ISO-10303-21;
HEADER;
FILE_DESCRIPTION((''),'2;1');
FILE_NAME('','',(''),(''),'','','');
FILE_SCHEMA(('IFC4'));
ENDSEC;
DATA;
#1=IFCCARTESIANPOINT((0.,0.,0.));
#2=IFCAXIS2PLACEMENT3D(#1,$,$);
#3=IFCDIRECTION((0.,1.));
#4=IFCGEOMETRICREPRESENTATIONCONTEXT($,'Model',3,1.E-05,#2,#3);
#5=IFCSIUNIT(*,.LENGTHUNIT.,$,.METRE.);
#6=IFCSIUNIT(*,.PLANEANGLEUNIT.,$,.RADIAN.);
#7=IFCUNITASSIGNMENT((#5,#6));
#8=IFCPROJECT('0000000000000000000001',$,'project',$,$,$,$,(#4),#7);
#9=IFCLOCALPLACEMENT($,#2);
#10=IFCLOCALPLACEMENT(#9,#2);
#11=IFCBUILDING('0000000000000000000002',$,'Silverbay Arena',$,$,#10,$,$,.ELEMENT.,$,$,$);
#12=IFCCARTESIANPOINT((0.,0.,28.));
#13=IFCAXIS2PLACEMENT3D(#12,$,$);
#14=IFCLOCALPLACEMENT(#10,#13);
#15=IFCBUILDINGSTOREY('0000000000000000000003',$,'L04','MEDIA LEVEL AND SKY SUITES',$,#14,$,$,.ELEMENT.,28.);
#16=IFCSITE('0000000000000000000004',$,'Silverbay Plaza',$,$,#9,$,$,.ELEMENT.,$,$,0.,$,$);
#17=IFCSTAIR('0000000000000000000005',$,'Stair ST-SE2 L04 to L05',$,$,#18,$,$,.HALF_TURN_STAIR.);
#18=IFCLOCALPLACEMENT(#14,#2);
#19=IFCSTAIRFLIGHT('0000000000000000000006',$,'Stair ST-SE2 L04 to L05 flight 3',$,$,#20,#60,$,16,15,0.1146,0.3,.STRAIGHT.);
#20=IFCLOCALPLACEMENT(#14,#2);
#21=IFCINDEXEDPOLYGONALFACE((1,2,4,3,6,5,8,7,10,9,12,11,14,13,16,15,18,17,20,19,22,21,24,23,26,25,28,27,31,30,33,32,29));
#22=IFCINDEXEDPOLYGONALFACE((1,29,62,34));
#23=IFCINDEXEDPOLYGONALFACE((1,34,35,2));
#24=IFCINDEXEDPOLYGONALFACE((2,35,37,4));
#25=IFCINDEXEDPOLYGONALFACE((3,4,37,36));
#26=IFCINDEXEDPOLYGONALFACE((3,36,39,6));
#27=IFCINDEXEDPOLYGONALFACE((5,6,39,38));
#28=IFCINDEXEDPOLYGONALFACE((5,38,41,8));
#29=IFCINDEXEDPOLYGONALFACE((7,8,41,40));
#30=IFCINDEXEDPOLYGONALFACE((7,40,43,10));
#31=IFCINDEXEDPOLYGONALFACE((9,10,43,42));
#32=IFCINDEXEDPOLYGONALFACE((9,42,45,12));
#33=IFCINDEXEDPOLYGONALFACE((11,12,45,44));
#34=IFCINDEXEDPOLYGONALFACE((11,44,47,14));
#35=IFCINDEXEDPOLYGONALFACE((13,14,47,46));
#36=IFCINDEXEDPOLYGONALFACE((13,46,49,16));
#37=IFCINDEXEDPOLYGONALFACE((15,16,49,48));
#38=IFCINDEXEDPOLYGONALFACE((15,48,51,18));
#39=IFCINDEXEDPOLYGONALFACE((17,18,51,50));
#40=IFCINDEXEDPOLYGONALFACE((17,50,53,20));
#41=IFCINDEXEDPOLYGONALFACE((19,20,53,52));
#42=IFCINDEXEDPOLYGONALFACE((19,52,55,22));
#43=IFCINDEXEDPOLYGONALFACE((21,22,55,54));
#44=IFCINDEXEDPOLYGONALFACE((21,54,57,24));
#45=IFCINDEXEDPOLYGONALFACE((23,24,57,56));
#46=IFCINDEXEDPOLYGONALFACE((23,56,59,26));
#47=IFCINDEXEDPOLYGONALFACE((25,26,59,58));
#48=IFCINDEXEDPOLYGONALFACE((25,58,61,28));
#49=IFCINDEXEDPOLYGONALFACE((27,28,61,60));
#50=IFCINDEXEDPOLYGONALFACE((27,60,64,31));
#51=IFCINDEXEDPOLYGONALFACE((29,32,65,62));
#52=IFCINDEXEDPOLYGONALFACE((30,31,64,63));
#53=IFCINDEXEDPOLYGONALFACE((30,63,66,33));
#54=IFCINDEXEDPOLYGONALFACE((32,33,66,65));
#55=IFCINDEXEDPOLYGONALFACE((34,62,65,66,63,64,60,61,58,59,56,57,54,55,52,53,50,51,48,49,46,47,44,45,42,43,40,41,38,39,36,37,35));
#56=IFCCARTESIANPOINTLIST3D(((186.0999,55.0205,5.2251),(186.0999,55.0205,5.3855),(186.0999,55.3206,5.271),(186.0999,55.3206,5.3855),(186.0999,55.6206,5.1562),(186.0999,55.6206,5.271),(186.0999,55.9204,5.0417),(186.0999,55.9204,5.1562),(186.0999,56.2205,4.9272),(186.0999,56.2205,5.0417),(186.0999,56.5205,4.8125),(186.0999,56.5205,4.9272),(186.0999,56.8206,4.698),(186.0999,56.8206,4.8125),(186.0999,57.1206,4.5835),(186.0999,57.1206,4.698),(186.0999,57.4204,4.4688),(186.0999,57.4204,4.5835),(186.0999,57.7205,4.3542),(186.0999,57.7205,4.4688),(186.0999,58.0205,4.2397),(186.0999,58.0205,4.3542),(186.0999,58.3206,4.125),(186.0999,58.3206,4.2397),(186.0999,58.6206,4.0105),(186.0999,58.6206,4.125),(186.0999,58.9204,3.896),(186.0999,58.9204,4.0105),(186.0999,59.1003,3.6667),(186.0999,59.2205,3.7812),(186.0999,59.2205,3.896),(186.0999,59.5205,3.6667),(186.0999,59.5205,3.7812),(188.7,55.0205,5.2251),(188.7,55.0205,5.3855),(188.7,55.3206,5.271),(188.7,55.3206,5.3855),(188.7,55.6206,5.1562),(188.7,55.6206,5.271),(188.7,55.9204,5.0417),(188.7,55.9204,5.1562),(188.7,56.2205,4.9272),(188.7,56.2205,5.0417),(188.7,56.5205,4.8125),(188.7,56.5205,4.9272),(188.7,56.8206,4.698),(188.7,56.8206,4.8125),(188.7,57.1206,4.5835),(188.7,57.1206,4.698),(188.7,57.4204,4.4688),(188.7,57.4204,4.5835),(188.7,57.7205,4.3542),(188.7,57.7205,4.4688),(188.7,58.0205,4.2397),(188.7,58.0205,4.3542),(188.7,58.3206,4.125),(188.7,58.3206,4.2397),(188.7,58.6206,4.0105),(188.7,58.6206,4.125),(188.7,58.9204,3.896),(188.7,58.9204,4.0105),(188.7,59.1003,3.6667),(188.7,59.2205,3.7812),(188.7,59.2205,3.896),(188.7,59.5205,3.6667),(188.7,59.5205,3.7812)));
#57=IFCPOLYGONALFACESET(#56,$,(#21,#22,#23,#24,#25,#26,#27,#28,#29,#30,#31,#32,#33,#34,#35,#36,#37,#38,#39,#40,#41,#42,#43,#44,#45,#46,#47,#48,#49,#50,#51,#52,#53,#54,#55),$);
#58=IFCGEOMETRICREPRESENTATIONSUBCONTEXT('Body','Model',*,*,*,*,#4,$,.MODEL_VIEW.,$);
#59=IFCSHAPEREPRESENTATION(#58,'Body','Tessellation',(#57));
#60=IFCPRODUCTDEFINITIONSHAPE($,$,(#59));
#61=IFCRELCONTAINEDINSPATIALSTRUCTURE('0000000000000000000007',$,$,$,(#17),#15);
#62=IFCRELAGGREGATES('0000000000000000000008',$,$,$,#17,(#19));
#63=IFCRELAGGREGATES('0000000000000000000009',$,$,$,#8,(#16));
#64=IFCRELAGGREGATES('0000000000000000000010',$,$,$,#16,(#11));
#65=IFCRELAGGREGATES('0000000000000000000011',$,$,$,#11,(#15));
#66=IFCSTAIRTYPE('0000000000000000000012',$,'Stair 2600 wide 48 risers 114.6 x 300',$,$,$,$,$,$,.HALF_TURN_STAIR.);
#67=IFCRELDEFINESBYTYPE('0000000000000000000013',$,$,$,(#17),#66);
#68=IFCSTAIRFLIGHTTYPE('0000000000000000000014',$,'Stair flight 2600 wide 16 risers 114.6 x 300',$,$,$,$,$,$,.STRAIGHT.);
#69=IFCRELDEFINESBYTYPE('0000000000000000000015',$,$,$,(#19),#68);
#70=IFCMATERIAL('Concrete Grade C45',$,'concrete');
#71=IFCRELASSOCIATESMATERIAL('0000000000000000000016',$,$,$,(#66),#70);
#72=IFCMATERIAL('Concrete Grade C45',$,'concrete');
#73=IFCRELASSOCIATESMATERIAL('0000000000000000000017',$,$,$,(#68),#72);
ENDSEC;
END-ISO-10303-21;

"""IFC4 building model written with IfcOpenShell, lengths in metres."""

from ifc_helpers import new_model, si_unit, direction, frame, origin, place, context, subcontext, project, spatial, polyline, outline, extrude, material, type_object, element, aggregate, save


model = new_model("IFC4")

# Units and contexts
model_context = context("Model", 3, precision=1e-05, world=origin(), true_north=direction((0.0, 1.0)))
body_context = subcontext(model_context, "Body", "Model", "MODEL_VIEW")
ifc_project = project(units=[si_unit("LENGTHUNIT", "METRE"), si_unit("PLANEANGLEUNIT", "RADIAN")], contexts=[model_context])

# Site, building, storey
site_placement = place(None, origin())
site = spatial("IfcSite", under=ifc_project, at=site_placement, Name="Silverbay Plaza", CompositionType="ELEMENT", RefElevation=0.0)
building_placement = place(site_placement, origin())
building = spatial("IfcBuilding", under=site, at=building_placement, Name="Silverbay Arena", CompositionType="ELEMENT")
storey_placement = place(building_placement, frame((0.0, 0.0, 28.0)))
storey = spatial("IfcBuildingStorey", under=building, at=storey_placement, Name="L04", Description="MEDIA LEVEL AND SKY SUITES", CompositionType="ELEMENT", Elevation=28.0)

# Stair, stair flight
ifc_material_1 = material(Name="Concrete Grade C45", Category="concrete")
stair_type = type_object("IfcStairType", Name="Stair 2600 wide 48 risers 114.6 x 300", PredefinedType="HALF_TURN_STAIR", material=ifc_material_1)
stair_placement = place(storey_placement, origin())
stair = element("IfcStair", 1, at=stair_placement, inside=storey, type_object=stair_type, Name="Stair ST-SE2 L04 to L05", PredefinedType="HALF_TURN_STAIR")
ifc_material_2 = material(Name="Concrete Grade C45", Category="concrete")
stair_flight_type = type_object("IfcStairFlightType", Name="Stair flight 2600 wide 16 risers 114.6 x 300", PredefinedType="STRAIGHT", material=ifc_material_2)
stair_flight_1_placement = place(storey_placement, frame((187.3999, 59.5205, 3.6667), z_axis=(0.0, 0.0, 1.0), x_axis=(0.0, -1.0, 0.0)))
stair_flight_1 = element("IfcStairFlight", 2, at=stair_flight_1_placement, type_object=stair_flight_type, Name="Stair ST-SE2 L04 to L05 flight 3", NumberOfRisers=16, NumberOfTreads=15, PredefinedType="STRAIGHT", RiserHeight=0.1146, TreadLength=0.3, context=body_context, shape_type="SweptSolid", body=[
    extrude(outline(polyline([(0.0, 0.0), (0.0, 0.1145), (0.3, 0.1145), (0.3, 0.2292), (0.6001, 0.2292), (0.6001, 0.3438), (0.8999, 0.3438), (0.8999, 0.4583), (1.2, 0.4583), (1.2, 0.573), (1.5, 0.573), (1.5, 0.6875), (1.8, 0.6875), (1.8, 0.802), (2.1001, 0.802), (2.1001, 0.9167), (2.3999, 0.9167), (2.3999, 1.0312), (2.7, 1.0312), (2.7, 1.1458), (3.0, 1.1458), (3.0, 1.2605), (3.3, 1.2605), (3.3, 1.375), (3.6001, 1.375), (3.6001, 1.4895), (3.8999, 1.4895), (3.8999, 1.6042), (4.2, 1.6042), (4.2, 1.7188), (4.5, 1.7188), (4.5, 1.5583), (0.4202, 0.0), (0.0, 0.0)])), frame((0.0, 1.3, 0.0), z_axis=(0.0, -1.0, 0.0), x_axis=(1.0, 0.0, 0.0)), (0.0, 0.0, 1.0), 2.6001),
])
aggregate(stair, [stair_flight_1])

save(model, "model.ifc")
